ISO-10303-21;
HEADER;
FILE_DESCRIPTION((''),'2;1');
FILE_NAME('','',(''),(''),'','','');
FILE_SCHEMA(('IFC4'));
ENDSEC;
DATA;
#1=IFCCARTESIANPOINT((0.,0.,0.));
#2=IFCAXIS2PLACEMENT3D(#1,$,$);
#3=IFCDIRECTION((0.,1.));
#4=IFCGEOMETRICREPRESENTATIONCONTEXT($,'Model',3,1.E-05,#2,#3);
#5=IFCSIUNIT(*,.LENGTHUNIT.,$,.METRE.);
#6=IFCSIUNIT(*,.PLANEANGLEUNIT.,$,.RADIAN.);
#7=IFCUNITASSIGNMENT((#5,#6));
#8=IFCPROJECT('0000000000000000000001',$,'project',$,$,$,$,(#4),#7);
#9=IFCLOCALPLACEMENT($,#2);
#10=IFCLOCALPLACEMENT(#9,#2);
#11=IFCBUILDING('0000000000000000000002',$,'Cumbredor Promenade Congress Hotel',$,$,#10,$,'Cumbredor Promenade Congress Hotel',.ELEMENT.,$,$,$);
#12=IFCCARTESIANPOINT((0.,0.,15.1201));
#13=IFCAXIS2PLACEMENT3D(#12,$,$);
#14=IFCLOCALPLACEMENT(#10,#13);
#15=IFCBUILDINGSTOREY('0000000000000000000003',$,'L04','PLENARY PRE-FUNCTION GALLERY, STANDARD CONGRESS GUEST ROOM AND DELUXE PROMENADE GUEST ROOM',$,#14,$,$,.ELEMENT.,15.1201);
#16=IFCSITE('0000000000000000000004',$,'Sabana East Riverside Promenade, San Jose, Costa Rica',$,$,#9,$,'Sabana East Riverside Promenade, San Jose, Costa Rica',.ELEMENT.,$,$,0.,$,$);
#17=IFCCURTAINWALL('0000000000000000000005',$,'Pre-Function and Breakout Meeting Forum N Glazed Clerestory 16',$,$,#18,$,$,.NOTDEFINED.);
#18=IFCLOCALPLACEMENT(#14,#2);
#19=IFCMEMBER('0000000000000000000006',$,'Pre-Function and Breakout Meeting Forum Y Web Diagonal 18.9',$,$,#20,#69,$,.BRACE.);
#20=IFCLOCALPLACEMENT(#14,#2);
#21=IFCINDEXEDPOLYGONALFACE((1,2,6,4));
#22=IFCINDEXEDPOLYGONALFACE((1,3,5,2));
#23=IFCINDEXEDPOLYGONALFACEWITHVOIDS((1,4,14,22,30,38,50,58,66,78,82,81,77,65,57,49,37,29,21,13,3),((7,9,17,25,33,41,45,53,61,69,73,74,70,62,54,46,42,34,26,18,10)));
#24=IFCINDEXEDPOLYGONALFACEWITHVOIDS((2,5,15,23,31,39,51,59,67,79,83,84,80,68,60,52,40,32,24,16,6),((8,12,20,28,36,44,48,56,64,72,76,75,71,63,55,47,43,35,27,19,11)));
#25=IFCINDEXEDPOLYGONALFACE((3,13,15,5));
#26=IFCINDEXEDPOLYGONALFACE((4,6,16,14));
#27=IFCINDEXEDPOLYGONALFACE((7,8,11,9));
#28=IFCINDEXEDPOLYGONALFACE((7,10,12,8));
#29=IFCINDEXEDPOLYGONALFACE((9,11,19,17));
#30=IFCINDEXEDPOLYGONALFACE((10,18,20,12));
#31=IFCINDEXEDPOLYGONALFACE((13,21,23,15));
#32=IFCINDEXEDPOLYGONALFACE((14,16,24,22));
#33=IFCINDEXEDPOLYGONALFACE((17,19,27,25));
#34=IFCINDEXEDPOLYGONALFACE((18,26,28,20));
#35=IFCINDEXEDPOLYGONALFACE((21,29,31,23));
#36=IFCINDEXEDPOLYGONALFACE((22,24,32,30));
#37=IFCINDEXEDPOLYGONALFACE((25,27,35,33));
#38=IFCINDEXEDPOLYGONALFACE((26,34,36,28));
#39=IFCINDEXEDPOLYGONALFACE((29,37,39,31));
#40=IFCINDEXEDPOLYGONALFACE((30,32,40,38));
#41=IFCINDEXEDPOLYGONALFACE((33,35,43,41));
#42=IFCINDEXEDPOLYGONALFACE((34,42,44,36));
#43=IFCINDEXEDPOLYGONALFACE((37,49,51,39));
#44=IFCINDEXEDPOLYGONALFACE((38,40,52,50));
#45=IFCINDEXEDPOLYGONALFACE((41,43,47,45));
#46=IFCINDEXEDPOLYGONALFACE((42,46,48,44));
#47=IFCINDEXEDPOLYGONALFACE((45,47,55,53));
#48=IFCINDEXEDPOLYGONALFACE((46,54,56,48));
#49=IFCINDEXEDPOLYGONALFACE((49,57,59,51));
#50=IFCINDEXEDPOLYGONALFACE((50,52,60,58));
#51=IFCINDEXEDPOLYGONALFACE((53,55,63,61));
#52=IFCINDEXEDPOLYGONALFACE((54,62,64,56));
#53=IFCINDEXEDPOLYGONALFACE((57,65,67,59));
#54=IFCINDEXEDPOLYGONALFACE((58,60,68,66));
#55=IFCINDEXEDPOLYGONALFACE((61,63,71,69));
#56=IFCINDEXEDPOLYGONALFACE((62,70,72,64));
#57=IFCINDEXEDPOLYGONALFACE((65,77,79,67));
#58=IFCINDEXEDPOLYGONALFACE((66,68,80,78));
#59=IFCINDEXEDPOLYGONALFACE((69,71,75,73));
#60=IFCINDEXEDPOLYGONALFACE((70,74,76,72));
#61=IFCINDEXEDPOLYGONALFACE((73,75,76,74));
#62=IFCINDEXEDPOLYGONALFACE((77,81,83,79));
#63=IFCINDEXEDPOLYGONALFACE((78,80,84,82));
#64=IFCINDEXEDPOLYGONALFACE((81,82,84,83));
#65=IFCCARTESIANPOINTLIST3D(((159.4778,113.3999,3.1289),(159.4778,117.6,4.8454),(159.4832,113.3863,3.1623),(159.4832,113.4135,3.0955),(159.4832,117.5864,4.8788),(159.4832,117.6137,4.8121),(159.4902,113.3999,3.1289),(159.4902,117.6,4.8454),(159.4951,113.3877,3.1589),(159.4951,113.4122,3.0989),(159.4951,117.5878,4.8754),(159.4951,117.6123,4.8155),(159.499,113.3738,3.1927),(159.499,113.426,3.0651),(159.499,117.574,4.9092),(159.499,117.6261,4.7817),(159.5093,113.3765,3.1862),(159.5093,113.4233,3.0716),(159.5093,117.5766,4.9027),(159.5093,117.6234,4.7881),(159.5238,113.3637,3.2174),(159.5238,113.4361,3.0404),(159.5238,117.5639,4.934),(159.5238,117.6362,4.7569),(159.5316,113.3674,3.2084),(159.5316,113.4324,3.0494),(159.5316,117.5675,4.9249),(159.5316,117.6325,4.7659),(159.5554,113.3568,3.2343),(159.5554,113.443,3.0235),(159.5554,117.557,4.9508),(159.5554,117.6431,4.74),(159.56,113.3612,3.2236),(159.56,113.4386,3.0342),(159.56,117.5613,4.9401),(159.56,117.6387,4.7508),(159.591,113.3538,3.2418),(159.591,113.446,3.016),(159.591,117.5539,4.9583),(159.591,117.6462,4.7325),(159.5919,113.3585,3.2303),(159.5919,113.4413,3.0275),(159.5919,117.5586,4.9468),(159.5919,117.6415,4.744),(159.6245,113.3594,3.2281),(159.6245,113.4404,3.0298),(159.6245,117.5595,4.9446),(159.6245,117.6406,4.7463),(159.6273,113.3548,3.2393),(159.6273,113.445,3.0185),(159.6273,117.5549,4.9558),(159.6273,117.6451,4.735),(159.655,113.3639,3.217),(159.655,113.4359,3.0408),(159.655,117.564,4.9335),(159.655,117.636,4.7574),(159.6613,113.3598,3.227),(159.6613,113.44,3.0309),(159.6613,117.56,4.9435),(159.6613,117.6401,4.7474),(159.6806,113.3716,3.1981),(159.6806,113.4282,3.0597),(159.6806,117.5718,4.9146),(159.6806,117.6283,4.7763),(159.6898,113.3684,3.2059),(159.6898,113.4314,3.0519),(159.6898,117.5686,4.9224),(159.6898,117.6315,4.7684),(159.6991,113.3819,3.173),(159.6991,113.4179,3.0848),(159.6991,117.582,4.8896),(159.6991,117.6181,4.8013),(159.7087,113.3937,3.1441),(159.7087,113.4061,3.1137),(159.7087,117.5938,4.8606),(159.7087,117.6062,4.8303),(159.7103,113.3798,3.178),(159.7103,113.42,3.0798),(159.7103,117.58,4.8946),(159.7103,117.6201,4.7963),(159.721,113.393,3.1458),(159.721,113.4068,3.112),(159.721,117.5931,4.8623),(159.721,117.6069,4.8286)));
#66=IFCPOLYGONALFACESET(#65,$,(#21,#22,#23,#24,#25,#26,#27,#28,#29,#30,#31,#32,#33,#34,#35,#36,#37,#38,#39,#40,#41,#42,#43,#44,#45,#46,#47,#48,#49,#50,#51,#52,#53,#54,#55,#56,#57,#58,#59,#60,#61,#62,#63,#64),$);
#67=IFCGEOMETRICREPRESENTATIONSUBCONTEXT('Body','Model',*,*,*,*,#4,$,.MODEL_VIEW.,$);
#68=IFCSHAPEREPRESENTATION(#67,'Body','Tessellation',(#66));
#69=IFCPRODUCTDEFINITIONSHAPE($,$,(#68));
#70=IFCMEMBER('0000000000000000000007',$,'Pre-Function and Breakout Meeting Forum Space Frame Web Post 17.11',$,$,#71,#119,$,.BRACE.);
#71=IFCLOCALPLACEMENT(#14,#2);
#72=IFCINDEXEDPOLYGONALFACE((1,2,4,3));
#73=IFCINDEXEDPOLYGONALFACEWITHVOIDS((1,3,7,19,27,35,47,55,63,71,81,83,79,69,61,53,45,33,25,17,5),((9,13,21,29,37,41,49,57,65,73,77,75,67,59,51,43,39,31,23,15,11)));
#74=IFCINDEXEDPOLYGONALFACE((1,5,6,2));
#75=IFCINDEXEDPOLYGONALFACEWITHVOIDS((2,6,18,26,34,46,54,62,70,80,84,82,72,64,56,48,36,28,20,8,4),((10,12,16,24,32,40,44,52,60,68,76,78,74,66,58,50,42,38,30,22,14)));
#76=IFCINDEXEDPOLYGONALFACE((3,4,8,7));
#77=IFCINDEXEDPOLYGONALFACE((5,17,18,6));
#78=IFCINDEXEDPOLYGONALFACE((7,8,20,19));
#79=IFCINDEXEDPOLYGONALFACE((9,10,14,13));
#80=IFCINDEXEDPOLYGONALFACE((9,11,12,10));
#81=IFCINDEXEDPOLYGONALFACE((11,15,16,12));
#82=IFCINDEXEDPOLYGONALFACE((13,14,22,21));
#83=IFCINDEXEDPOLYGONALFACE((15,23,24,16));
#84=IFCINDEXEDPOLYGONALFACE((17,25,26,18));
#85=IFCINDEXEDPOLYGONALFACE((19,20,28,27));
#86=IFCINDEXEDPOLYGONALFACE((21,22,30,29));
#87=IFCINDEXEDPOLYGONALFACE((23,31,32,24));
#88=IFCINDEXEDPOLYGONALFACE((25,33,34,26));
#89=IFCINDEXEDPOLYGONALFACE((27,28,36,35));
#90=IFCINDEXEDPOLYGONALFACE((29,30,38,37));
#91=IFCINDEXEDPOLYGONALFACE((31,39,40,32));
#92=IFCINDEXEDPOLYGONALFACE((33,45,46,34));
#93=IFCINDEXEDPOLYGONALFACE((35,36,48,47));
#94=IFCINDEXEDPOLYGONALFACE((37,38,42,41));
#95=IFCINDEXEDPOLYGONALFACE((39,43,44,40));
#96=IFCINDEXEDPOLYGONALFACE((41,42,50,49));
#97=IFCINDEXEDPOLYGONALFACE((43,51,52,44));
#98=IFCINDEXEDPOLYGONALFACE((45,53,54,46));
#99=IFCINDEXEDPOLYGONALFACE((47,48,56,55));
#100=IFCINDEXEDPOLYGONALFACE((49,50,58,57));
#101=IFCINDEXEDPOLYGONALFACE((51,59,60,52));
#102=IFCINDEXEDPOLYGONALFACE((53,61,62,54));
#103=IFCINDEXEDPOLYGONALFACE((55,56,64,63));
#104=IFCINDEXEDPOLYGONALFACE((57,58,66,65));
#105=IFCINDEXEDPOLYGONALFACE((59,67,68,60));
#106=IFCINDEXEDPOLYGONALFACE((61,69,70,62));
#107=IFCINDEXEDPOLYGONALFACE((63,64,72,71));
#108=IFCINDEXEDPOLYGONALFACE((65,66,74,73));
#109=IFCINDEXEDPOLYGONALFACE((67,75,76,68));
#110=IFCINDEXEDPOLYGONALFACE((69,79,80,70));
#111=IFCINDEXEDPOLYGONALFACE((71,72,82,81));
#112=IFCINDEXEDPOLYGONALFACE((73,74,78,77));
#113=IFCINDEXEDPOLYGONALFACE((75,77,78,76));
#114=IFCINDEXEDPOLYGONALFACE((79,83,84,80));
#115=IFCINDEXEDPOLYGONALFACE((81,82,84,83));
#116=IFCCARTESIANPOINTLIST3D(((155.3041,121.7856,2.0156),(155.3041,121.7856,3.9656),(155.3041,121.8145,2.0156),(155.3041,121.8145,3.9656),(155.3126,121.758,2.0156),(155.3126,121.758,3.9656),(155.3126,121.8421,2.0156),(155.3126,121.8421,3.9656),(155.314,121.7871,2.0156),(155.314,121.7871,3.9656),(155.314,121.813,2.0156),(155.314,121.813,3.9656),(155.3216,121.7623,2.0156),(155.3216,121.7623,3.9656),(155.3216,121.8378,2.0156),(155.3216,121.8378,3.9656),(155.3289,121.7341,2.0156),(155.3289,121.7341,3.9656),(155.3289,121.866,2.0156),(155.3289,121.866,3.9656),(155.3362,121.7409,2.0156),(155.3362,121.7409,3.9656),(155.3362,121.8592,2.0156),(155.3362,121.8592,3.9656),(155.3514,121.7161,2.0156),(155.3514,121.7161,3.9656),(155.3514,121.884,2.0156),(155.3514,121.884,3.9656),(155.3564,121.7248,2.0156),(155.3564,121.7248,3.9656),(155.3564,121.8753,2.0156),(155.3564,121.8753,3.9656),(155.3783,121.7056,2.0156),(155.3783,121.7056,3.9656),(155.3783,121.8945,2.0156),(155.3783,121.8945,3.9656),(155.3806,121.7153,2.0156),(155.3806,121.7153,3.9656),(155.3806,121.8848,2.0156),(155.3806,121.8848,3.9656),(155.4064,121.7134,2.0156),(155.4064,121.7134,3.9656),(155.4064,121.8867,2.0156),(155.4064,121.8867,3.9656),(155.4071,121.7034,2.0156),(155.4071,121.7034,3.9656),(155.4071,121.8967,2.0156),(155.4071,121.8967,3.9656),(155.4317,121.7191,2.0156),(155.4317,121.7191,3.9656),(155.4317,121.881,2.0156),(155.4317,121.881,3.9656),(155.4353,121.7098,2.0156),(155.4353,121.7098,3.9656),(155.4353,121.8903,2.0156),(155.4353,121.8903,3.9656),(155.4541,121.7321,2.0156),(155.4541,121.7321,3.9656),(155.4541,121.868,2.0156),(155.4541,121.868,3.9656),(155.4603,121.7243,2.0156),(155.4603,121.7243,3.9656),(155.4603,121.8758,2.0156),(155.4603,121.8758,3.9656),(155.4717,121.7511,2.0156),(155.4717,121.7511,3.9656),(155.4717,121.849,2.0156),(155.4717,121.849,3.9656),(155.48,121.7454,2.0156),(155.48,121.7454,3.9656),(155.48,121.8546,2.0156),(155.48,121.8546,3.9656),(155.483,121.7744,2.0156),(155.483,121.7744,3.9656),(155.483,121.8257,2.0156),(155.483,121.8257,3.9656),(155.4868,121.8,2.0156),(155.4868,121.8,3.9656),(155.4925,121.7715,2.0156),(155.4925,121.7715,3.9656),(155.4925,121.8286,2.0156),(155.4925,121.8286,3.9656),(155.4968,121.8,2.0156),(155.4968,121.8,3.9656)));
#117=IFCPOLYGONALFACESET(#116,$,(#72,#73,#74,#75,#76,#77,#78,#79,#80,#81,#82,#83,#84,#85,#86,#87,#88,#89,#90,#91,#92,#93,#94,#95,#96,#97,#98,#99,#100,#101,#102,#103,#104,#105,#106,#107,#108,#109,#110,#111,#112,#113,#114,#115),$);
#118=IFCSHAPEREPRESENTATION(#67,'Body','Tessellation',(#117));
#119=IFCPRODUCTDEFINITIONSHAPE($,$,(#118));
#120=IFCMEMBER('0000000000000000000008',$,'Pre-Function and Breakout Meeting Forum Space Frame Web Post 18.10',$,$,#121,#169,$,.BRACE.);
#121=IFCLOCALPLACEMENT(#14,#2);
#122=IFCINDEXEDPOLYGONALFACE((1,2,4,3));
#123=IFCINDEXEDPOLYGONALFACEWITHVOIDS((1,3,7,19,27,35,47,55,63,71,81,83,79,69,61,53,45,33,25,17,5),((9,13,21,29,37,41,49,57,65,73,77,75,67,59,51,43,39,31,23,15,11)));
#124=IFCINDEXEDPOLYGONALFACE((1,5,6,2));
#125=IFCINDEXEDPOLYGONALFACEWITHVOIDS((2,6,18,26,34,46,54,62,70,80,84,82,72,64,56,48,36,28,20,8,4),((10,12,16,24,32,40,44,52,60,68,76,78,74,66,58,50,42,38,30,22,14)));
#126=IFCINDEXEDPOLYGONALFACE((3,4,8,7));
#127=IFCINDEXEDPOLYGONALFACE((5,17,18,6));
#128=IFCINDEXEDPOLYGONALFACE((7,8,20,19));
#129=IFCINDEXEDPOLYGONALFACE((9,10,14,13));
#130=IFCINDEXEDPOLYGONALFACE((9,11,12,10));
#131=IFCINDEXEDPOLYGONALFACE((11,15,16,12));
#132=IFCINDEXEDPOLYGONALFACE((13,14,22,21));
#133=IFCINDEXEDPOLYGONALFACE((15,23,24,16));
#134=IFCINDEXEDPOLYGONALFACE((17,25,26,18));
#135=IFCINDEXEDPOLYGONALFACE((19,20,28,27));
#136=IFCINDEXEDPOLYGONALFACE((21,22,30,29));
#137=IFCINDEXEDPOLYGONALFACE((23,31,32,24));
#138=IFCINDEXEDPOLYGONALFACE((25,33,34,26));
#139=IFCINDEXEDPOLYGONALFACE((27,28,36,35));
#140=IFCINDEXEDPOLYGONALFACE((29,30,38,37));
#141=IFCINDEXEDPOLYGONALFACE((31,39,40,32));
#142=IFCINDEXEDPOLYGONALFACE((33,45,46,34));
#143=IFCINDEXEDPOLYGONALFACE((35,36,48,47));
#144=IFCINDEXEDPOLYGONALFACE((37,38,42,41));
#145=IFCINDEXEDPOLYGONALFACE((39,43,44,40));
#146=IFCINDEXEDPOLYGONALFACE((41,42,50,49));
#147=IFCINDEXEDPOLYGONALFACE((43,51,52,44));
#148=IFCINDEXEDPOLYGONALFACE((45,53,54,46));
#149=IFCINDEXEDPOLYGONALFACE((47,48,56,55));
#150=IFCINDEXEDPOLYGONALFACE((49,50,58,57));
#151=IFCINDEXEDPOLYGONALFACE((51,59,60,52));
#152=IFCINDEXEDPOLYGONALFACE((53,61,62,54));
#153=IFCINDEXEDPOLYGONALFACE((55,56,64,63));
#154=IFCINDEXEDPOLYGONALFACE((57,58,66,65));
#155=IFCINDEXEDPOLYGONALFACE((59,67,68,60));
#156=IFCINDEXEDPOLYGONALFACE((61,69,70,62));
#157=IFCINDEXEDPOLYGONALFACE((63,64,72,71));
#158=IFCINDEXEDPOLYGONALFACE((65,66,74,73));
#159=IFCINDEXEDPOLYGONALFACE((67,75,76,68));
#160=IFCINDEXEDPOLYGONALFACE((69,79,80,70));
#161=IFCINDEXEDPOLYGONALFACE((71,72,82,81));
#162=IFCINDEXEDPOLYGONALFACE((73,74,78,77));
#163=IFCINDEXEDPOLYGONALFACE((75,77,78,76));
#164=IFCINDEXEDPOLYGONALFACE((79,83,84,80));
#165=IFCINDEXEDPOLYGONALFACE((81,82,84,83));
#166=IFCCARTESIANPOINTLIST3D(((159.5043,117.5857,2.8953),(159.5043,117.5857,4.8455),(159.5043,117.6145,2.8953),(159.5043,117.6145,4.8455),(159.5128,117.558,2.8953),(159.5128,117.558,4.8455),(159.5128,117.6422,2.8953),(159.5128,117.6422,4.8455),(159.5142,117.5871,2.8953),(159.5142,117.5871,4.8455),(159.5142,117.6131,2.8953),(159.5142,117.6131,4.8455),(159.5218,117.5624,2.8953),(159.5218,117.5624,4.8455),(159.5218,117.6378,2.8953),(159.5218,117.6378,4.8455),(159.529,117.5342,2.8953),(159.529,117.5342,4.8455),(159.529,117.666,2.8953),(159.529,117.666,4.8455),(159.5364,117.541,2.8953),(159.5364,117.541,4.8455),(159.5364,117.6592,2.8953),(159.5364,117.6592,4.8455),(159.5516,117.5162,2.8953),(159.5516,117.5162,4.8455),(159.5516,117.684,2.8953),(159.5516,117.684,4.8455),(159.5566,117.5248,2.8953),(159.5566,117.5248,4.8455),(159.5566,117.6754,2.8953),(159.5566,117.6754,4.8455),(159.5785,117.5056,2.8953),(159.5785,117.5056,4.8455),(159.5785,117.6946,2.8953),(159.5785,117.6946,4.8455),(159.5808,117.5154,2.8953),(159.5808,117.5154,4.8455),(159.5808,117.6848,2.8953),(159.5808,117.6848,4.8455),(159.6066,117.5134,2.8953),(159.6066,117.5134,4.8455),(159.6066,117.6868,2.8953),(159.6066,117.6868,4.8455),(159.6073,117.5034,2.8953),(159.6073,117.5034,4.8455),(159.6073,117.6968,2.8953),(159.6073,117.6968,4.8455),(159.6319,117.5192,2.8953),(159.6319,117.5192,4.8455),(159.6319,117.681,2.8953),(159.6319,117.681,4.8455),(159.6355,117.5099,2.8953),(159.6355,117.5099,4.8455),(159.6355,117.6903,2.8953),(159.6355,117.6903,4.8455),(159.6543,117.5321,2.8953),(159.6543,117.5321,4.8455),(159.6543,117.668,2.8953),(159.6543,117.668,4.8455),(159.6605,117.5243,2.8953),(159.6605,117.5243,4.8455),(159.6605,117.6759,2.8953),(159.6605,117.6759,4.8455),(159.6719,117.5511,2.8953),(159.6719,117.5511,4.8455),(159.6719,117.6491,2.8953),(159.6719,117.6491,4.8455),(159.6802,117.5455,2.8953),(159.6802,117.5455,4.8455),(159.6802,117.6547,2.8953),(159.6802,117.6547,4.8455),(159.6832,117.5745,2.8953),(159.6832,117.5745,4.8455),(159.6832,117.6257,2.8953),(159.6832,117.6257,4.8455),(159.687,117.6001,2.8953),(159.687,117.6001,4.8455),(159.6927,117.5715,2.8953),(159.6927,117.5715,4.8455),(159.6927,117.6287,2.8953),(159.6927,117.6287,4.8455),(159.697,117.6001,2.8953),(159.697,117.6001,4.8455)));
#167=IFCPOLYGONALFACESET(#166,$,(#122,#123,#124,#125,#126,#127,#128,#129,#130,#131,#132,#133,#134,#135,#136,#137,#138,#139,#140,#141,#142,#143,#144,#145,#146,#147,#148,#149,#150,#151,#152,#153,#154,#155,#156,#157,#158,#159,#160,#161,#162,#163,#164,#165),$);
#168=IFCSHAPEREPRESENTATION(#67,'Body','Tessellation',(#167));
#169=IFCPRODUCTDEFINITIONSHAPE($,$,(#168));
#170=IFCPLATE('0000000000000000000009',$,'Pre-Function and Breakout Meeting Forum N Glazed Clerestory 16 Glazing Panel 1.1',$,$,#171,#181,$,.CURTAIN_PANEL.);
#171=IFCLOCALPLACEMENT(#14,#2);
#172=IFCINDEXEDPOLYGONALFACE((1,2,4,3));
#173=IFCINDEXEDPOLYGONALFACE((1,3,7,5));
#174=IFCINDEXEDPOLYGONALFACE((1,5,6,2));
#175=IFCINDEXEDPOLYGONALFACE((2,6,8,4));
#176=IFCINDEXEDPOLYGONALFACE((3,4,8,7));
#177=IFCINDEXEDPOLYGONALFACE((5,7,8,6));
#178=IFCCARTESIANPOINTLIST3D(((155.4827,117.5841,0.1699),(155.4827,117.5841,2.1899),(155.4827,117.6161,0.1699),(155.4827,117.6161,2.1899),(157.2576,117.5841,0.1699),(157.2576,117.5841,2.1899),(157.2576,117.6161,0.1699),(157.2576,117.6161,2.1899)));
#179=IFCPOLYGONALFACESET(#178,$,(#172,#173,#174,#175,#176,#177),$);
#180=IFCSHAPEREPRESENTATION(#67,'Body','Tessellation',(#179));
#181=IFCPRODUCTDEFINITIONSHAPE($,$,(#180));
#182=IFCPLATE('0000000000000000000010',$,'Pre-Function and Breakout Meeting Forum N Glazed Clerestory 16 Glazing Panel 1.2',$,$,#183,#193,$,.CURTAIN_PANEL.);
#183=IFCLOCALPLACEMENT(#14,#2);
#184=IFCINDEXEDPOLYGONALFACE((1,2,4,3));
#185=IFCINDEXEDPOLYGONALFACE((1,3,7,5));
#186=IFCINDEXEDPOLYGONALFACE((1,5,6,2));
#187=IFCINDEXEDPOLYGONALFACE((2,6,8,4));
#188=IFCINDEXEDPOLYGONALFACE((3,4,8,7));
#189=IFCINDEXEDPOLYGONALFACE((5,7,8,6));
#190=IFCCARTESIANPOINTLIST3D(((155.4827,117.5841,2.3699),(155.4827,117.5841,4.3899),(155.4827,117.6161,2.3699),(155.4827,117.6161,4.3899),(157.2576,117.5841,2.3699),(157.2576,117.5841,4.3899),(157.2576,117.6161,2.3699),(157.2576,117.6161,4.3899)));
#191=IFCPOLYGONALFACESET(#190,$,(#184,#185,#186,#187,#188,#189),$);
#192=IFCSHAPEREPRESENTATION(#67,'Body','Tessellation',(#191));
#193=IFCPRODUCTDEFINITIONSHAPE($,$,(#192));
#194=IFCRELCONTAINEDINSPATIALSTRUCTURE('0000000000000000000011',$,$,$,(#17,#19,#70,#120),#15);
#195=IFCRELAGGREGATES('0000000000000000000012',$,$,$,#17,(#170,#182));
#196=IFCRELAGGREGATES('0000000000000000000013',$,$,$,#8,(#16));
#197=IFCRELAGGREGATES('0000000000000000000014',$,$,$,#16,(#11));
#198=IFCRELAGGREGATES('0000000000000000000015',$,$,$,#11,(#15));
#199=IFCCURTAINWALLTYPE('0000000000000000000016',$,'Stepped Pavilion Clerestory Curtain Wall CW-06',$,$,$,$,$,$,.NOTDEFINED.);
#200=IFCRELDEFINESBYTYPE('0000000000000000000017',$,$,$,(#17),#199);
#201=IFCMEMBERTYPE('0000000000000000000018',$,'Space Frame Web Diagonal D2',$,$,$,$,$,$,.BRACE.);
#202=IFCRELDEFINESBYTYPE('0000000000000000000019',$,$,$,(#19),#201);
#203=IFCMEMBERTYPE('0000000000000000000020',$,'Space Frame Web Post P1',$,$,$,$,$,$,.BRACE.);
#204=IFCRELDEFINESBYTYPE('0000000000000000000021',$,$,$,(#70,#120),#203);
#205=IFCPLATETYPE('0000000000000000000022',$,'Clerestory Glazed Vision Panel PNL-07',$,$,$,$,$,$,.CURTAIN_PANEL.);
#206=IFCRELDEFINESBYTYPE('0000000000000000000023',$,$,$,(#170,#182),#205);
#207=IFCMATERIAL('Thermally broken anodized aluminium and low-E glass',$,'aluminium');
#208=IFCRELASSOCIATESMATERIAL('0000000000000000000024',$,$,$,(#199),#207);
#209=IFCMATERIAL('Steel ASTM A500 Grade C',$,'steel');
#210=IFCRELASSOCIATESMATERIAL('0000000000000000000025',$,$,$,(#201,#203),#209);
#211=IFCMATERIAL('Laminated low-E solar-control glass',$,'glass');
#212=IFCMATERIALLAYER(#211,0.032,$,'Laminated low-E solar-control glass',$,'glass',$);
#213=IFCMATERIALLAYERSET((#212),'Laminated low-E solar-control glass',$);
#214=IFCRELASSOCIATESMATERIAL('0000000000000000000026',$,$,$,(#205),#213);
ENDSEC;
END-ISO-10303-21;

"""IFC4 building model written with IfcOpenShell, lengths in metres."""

from ifc_helpers import new_model, si_unit, direction, frame, origin, origin_2d, place, context, subcontext, project, spatial, rectangle, hollow_circle, extrude, material, layer, layer_set, material_profile, profile_set, type_object, element, aggregate, save


model = new_model("IFC4")

# Units and contexts
model_context = context("Model", 3, precision=1e-05, world=origin(), true_north=direction((0.0, 1.0)))
body_context = subcontext(model_context, "Body", "Model", "MODEL_VIEW")
ifc_project = project(units=[si_unit("LENGTHUNIT", "METRE"), si_unit("PLANEANGLEUNIT", "RADIAN")], contexts=[model_context])

# Site, building, storey
site_placement = place(None, origin())
site = spatial("IfcSite", under=ifc_project, at=site_placement, Name="Sabana East Riverside Promenade, San Jose, Costa Rica", LongName="Sabana East Riverside Promenade, San Jose, Costa Rica", CompositionType="ELEMENT", RefElevation=0.0)
building_placement = place(site_placement, origin())
building = spatial("IfcBuilding", under=site, at=building_placement, Name="Cumbredor Promenade Congress Hotel", LongName="Cumbredor Promenade Congress Hotel", CompositionType="ELEMENT")
storey_placement = place(building_placement, frame((0.0, 0.0, 15.1201)))
storey = spatial("IfcBuildingStorey", under=building, at=storey_placement, Name="L04", Description="PLENARY PRE-FUNCTION GALLERY, STANDARD CONGRESS GUEST ROOM AND DELUXE PROMENADE GUEST ROOM", CompositionType="ELEMENT", Elevation=15.1201)

# Curtain wall
ifc_material_1 = material(Name="Thermally broken anodized aluminium and low-E glass", Category="aluminium")
curtain_wall_type = type_object("IfcCurtainWallType", Name="Stepped Pavilion Clerestory Curtain Wall CW-06", PredefinedType="NOTDEFINED", material=ifc_material_1)
curtain_wall_placement = place(storey_placement, origin())
curtain_wall = element("IfcCurtainWall", 1, at=curtain_wall_placement, inside=storey, type_object=curtain_wall_type, Name="Pre-Function and Breakout Meeting Forum N Glazed Clerestory 16", PredefinedType="NOTDEFINED")

# Members
ifc_material_2 = material(Name="Steel ASTM A500 Grade C", Category="steel")
ifc_material_profile_1 = material_profile(ifc_material_2, hollow_circle(Radius=0.1223, WallThickness=0.0125, at=origin_2d()), Name="CHS 244.5x12.5")
ifc_profile_set_1 = profile_set([ifc_material_profile_1], Name="Steel ASTM A500 Grade C")
member_type_1 = type_object("IfcMemberType", Name="Space Frame Web Diagonal D2", PredefinedType="BRACE", material=ifc_profile_set_1)
member_1_placement = place(storey_placement, frame((159.6001, 113.3999, 3.1289), z_axis=(0.0, 0.925679, 0.37831), x_axis=(-1.0, 0.0, 0.0)))
element("IfcMember", 2, at=member_1_placement, inside=storey, type_object=member_type_1, Name="Pre-Function and Breakout Meeting Forum Y Web Diagonal 18.9", PredefinedType="BRACE", context=body_context, shape_type="SweptSolid", body=[
    extrude(hollow_circle(Radius=0.1223, WallThickness=0.0125, at=origin_2d()), origin(), (0.0, 0.0, 1.0), 4.5374),
])
ifc_material_profile_2 = material_profile(ifc_material_2, hollow_circle(Radius=0.0969, WallThickness=0.01, at=origin_2d()), Name="CHS 193.7x10")
ifc_profile_set_2 = profile_set([ifc_material_profile_2], Name="Steel ASTM A500 Grade C")
member_type_2 = type_object("IfcMemberType", Name="Space Frame Web Post P1", PredefinedType="BRACE", material=ifc_profile_set_2)
member_2_placement = place(storey_placement, frame((155.3999, 121.8, 2.0156), z_axis=(0.0, 0.0, 1.0), x_axis=(1.0, 0.0, 0.0)))
element("IfcMember", 3, at=member_2_placement, inside=storey, type_object=member_type_2, Name="Pre-Function and Breakout Meeting Forum Space Frame Web Post 17.11", PredefinedType="BRACE", context=body_context, shape_type="SweptSolid", body=[
    extrude(hollow_circle(Radius=0.0969, WallThickness=0.01, at=origin_2d()), origin(), (0.0, 0.0, 1.0), 1.95),
])
member_3_placement = place(storey_placement, frame((159.6001, 117.6001, 2.8953), z_axis=(0.0, 0.0, 1.0), x_axis=(1.0, 0.0, 0.0)))
element("IfcMember", 4, at=member_3_placement, inside=storey, type_object=member_type_2, Name="Pre-Function and Breakout Meeting Forum Space Frame Web Post 18.10", PredefinedType="BRACE", context=body_context, shape_type="SweptSolid", body=[
    extrude(hollow_circle(Radius=0.0969, WallThickness=0.01, at=origin_2d()), origin(), (0.0, 0.0, 1.0), 1.9502),
])

# Plates
ifc_material_3 = material(Name="Laminated low-E solar-control glass", Category="glass")
ifc_layer_1 = layer(ifc_material_3, 0.032, Name="Laminated low-E solar-control glass", Category="glass")
ifc_layer_set_1 = layer_set([ifc_layer_1], Name="Laminated low-E solar-control glass")
plate_type_1 = type_object("IfcPlateType", Name="Clerestory Glazed Vision Panel PNL-07", PredefinedType="CURTAIN_PANEL", material=ifc_layer_set_1)
plate_1_placement = place(storey_placement, frame((156.3701, 117.6001, 0.1699), z_axis=(0.0, 0.0, 1.0), x_axis=(1.0, 0.0, 0.0)))
plate_1 = element("IfcPlate", 5, at=plate_1_placement, type_object=plate_type_1, Name="Pre-Function and Breakout Meeting Forum N Glazed Clerestory 16 Glazing Panel 1.1", PredefinedType="CURTAIN_PANEL", context=body_context, shape_type="SweptSolid", body=[
    extrude(rectangle(XDim=1.7749, YDim=0.032, at=origin_2d()), origin(), (0.0, 0.0, 1.0), 2.02),
])
plate_2_placement = place(storey_placement, frame((156.3701, 117.6001, 2.3699), z_axis=(0.0, 0.0, 1.0), x_axis=(1.0, 0.0, 0.0)))
plate_2 = element("IfcPlate", 6, at=plate_2_placement, type_object=plate_type_1, Name="Pre-Function and Breakout Meeting Forum N Glazed Clerestory 16 Glazing Panel 1.2", PredefinedType="CURTAIN_PANEL", context=body_context, shape_type="SweptSolid", body=[
    extrude(rectangle(XDim=1.7749, YDim=0.032, at=origin_2d()), origin(), (0.0, 0.0, 1.0), 2.02),
])
aggregate(curtain_wall, [plate_1, plate_2])

save(model, "model.ifc")
